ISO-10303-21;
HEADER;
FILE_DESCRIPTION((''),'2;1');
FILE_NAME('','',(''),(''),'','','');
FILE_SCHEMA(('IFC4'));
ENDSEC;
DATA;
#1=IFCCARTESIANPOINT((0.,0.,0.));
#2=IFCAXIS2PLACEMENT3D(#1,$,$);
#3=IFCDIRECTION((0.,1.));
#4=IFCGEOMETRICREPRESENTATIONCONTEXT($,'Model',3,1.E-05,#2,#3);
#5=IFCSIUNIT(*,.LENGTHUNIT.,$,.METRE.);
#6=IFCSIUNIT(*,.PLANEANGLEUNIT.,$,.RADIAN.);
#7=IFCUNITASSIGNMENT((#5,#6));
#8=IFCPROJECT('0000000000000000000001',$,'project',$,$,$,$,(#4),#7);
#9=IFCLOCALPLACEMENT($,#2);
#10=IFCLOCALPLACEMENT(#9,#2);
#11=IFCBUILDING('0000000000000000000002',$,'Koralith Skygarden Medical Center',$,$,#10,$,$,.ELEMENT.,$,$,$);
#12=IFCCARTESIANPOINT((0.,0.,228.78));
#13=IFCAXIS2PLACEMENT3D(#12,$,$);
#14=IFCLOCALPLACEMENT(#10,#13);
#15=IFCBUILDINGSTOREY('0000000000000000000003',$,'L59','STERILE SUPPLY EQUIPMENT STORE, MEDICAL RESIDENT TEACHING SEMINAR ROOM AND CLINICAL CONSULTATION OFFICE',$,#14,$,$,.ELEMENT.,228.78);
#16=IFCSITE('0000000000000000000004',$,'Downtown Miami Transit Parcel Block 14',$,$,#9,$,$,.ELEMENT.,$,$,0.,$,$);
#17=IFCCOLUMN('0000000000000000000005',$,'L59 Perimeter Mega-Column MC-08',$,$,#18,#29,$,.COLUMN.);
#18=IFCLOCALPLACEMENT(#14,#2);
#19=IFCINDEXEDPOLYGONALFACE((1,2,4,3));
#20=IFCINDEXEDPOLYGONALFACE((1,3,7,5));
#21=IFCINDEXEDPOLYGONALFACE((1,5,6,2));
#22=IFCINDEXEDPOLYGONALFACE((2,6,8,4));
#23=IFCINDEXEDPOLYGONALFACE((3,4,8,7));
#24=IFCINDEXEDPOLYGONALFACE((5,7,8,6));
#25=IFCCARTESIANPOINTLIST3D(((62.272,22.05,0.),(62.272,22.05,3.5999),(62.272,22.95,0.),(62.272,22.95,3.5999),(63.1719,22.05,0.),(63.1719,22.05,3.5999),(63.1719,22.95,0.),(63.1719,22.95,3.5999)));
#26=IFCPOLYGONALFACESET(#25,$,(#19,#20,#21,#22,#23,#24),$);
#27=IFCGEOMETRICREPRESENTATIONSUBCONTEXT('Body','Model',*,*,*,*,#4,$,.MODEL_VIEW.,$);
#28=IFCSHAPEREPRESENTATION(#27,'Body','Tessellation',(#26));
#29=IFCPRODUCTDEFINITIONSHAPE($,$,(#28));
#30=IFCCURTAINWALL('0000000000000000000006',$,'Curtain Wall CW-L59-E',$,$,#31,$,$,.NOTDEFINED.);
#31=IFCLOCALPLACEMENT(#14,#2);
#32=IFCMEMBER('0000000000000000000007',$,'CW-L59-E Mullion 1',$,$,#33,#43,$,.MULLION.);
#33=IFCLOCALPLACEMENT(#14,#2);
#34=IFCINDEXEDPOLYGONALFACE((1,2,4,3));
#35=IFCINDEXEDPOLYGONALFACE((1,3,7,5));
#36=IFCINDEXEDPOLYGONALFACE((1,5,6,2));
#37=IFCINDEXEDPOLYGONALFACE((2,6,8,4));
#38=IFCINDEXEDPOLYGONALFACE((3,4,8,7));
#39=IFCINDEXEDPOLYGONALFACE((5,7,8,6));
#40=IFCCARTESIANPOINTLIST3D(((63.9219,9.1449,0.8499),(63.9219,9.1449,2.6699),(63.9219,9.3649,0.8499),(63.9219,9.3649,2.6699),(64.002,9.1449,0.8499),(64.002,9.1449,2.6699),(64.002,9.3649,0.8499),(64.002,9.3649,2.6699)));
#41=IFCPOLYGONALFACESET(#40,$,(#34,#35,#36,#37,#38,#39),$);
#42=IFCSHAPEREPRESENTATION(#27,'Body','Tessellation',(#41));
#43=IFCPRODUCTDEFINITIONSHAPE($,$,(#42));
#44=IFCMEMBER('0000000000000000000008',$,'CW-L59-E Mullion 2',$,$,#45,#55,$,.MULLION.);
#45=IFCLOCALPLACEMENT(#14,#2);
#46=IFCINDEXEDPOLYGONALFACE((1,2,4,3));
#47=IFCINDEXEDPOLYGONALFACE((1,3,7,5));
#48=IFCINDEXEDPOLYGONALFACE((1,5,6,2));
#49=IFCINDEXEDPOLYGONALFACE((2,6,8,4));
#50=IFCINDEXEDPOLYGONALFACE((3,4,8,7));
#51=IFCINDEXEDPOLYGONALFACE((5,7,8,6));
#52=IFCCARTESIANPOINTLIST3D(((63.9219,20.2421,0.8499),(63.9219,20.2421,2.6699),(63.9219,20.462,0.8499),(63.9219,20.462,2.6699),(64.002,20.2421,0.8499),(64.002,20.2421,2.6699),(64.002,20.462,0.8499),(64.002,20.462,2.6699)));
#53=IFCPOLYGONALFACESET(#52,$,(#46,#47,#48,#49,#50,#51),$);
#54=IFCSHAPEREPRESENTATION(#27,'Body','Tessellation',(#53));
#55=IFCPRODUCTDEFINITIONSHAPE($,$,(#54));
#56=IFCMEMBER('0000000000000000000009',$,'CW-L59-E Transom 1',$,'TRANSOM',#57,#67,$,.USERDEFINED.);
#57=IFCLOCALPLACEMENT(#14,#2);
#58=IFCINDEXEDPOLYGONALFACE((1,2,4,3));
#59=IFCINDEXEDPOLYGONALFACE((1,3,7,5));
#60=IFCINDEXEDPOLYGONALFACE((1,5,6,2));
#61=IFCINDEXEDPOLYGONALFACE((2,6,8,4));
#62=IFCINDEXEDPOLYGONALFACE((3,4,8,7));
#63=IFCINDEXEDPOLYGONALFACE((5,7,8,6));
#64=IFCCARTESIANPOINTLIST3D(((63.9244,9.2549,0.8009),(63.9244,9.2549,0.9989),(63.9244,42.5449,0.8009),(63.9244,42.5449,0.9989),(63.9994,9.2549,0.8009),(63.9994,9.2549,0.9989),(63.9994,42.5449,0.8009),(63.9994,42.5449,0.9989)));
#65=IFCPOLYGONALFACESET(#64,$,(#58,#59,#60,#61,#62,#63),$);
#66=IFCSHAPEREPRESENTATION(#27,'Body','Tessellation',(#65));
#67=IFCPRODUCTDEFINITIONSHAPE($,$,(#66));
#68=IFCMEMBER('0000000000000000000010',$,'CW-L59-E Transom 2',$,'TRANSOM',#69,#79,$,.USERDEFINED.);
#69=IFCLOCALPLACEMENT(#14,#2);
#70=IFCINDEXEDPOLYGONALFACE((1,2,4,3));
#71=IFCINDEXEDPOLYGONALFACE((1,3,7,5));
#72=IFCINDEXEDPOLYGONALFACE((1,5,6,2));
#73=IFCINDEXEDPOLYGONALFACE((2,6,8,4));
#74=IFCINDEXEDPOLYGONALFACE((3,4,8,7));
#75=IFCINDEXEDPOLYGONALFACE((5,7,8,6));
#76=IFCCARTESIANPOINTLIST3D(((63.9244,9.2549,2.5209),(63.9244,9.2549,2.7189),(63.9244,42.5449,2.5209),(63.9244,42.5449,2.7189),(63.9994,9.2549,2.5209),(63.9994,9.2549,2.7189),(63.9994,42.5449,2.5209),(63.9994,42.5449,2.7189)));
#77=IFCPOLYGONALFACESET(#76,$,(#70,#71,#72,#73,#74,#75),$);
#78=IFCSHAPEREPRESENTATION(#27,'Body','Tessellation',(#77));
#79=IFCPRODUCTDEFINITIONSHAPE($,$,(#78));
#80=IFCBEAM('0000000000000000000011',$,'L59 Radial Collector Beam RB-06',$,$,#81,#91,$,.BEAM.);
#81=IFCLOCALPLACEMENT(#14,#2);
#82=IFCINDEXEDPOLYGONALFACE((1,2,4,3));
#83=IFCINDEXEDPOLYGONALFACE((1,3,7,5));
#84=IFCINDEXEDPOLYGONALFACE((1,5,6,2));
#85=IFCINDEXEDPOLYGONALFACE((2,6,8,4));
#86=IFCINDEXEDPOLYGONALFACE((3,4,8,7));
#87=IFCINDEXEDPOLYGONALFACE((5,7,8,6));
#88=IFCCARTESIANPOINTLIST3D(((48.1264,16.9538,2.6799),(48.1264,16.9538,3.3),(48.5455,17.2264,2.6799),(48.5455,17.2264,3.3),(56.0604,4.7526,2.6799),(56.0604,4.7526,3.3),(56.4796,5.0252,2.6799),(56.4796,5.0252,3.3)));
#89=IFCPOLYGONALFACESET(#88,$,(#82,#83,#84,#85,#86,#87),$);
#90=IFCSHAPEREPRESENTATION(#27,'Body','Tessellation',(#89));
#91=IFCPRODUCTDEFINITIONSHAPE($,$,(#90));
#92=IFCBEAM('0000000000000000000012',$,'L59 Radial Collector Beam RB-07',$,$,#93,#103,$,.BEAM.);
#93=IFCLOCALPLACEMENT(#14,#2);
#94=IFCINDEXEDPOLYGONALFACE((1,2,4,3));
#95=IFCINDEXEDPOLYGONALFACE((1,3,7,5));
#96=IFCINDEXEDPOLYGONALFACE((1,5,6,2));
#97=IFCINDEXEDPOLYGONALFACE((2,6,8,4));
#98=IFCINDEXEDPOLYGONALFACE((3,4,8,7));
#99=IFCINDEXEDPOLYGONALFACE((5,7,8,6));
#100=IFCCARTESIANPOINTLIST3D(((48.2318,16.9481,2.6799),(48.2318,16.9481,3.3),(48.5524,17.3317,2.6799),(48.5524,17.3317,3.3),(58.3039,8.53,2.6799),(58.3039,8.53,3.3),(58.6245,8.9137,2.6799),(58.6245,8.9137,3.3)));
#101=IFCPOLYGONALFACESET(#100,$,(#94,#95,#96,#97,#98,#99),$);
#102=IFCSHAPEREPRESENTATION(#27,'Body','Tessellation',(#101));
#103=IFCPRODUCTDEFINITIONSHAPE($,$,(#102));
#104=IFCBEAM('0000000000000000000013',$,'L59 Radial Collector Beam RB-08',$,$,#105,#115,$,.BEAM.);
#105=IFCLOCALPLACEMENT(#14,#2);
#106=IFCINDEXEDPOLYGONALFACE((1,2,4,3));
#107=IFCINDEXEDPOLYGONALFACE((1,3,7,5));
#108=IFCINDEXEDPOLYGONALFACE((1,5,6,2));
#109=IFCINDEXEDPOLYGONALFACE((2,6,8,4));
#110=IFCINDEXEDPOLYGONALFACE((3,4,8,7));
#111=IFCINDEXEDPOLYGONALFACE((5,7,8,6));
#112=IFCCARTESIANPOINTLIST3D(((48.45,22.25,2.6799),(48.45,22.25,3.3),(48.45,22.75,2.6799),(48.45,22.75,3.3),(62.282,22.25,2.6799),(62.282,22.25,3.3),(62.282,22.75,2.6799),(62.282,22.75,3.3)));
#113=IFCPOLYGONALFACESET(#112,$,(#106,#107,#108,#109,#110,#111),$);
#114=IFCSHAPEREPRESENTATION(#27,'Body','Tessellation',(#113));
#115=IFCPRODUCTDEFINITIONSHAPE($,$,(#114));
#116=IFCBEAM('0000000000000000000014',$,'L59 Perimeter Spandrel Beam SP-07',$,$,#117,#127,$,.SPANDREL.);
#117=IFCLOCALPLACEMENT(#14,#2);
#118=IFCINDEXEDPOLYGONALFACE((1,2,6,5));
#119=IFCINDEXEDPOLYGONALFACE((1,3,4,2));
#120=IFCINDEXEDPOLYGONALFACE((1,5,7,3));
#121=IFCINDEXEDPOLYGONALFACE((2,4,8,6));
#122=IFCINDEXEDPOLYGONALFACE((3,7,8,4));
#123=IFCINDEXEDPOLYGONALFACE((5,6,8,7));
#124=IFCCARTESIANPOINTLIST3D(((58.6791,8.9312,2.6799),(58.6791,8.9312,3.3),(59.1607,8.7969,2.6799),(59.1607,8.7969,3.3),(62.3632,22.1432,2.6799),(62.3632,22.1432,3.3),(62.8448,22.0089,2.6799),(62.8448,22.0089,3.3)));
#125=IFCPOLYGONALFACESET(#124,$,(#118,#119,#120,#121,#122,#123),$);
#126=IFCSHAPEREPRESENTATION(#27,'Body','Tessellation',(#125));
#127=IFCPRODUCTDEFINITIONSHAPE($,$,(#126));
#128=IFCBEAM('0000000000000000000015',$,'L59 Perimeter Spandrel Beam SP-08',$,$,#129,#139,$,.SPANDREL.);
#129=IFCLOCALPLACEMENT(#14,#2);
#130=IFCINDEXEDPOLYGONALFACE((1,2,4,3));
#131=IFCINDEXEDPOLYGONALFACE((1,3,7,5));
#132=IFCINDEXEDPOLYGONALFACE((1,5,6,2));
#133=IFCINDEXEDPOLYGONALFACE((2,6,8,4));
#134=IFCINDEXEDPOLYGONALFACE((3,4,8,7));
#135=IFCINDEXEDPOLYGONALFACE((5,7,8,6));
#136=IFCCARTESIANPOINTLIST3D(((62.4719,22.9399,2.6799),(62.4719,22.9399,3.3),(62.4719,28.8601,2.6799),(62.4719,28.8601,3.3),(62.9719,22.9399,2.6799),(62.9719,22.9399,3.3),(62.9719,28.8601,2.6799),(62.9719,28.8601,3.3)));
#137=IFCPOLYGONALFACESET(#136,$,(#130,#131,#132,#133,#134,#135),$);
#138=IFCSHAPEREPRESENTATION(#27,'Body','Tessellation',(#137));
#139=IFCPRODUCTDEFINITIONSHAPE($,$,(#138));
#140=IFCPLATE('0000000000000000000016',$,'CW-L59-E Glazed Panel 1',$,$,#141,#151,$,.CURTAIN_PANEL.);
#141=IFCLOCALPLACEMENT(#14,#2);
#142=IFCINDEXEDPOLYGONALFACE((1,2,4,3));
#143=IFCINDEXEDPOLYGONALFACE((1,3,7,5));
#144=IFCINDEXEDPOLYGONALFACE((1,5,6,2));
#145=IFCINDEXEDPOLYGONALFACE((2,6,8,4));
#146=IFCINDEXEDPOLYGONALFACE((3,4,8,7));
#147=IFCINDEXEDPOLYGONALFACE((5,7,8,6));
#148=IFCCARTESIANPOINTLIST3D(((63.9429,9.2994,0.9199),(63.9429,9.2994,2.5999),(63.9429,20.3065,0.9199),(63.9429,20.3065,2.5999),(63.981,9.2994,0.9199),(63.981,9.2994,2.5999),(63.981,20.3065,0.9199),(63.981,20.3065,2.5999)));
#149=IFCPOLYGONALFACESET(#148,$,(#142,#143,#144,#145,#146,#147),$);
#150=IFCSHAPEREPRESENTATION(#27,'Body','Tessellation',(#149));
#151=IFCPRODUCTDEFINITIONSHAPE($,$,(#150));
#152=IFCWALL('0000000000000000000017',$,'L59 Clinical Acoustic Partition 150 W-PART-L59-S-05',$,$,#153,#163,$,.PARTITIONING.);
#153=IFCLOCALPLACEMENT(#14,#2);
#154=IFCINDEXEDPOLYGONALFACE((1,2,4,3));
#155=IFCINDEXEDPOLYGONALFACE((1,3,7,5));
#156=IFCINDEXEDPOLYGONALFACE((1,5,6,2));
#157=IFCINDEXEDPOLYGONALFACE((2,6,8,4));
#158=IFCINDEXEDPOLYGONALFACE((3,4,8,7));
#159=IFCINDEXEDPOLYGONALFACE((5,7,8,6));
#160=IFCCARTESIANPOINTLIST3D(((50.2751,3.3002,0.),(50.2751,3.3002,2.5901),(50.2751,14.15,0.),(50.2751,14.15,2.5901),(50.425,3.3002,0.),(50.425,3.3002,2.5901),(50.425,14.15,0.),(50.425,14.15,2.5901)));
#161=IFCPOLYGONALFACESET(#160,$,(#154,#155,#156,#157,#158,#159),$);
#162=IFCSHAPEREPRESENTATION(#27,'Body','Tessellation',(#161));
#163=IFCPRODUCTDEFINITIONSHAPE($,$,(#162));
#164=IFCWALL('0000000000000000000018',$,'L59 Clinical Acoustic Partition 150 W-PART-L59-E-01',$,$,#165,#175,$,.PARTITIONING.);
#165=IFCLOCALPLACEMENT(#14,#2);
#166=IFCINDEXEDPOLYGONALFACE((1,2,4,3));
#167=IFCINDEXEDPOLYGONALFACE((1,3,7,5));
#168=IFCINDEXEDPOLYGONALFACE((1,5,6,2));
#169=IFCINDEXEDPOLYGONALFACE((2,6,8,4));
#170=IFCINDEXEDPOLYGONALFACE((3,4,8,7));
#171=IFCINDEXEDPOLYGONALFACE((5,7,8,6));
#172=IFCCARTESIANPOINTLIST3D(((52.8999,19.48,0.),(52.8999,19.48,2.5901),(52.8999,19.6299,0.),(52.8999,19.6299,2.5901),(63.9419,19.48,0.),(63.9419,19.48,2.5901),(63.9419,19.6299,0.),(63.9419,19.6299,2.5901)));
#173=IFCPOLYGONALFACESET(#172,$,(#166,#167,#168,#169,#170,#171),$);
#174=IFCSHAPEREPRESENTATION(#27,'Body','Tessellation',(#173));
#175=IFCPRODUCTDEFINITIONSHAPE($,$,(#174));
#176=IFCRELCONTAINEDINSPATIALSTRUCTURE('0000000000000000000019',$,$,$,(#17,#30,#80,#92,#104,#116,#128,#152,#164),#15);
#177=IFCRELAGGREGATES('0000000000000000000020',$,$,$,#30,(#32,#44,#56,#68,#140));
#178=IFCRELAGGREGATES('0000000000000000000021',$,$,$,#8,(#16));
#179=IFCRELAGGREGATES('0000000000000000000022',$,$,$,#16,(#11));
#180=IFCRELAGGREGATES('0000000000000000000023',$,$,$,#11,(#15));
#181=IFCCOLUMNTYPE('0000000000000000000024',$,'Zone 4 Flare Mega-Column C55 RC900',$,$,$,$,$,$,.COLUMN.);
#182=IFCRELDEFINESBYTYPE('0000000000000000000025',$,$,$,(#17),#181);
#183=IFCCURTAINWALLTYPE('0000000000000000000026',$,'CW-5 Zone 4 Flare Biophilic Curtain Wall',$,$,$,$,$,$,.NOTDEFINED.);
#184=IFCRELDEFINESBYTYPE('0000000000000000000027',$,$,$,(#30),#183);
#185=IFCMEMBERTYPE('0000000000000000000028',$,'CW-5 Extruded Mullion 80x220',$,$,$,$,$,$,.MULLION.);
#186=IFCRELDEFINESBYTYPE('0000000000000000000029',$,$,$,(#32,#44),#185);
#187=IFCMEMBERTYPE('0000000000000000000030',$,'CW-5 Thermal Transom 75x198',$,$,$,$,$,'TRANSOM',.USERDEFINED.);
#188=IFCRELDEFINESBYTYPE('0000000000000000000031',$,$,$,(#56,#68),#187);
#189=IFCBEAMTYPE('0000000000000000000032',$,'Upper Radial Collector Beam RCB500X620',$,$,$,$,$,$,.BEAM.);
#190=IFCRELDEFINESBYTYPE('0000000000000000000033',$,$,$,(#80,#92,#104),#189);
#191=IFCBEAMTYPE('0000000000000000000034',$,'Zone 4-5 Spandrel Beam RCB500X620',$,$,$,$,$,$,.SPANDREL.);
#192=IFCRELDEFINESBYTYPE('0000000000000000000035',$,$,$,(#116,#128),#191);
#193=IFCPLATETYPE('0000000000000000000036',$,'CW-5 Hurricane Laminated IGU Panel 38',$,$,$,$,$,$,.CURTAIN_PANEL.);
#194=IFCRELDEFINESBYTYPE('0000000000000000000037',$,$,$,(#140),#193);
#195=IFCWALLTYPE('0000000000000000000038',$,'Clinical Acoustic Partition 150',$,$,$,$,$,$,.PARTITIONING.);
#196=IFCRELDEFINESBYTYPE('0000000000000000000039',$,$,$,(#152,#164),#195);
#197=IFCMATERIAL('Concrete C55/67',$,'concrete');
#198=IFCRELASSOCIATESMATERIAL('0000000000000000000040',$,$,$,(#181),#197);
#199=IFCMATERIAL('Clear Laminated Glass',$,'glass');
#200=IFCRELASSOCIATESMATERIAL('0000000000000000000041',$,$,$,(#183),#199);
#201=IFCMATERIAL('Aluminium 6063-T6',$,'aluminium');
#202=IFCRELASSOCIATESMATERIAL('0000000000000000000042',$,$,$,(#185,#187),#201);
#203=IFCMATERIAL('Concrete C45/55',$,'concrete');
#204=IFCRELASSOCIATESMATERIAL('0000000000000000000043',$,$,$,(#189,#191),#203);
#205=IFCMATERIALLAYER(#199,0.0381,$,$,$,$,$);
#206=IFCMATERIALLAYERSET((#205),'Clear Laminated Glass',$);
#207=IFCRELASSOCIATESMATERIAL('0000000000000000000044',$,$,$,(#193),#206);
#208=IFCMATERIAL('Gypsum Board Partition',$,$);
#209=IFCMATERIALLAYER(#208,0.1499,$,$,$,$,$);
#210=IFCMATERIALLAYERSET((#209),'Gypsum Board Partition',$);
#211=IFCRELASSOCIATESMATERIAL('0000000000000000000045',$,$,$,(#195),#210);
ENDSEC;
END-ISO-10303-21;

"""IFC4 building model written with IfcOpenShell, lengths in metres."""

from ifc_helpers import new_model, si_unit, direction, frame, frame_2d, origin, origin_2d, place, context, subcontext, project, spatial, rectangle, extrude, material, layer, layer_set, material_profile, profile_set, type_object, element, aggregate, save


model = new_model("IFC4")

# Units and contexts
model_context = context("Model", 3, precision=1e-05, world=origin(), true_north=direction((0.0, 1.0)))
body_context = subcontext(model_context, "Body", "Model", "MODEL_VIEW")
ifc_project = project(units=[si_unit("LENGTHUNIT", "METRE"), si_unit("PLANEANGLEUNIT", "RADIAN")], contexts=[model_context])

# Site, building, storey
site_placement = place(None, origin())
site = spatial("IfcSite", under=ifc_project, at=site_placement, Name="Downtown Miami Transit Parcel Block 14", CompositionType="ELEMENT", RefElevation=0.0)
building_placement = place(site_placement, origin())
building = spatial("IfcBuilding", under=site, at=building_placement, Name="Koralith Skygarden Medical Center", CompositionType="ELEMENT")
storey_placement = place(building_placement, frame((0.0, 0.0, 228.78)))
storey = spatial("IfcBuildingStorey", under=building, at=storey_placement, Name="L59", Description="STERILE SUPPLY EQUIPMENT STORE, MEDICAL RESIDENT TEACHING SEMINAR ROOM AND CLINICAL CONSULTATION OFFICE", CompositionType="ELEMENT", Elevation=228.78)

# Column
ifc_material_1 = material(Name="Concrete C55/67", Category="concrete")
ifc_material_profile_1 = material_profile(ifc_material_1, rectangle(XDim=0.8999, YDim=0.8999, at=origin_2d()), Name="RC900X900")
ifc_profile_set_1 = profile_set([ifc_material_profile_1], Name="Concrete C55/67")
column_type = type_object("IfcColumnType", Name="Zone 4 Flare Mega-Column C55 RC900", PredefinedType="COLUMN", material=ifc_profile_set_1)
column_placement = place(storey_placement, frame((62.7219, 22.5, 0.0), z_axis=(0.0, 0.0, 1.0), x_axis=(1.0, 0.0, 0.0)))
element("IfcColumn", 1, at=column_placement, inside=storey, type_object=column_type, Name="L59 Perimeter Mega-Column MC-08", PredefinedType="COLUMN", context=body_context, shape_type="SweptSolid", body=[
    extrude(rectangle(XDim=0.8999, YDim=0.8999, at=origin_2d()), origin(), (0.0, 0.0, 1.0), 3.5999),
])

# Curtain wall, members
ifc_material_2 = material(Name="Clear Laminated Glass", Category="glass")
curtain_wall_type = type_object("IfcCurtainWallType", Name="CW-5 Zone 4 Flare Biophilic Curtain Wall", PredefinedType="NOTDEFINED", material=ifc_material_2)
curtain_wall_placement = place(storey_placement, origin())
curtain_wall = element("IfcCurtainWall", 2, at=curtain_wall_placement, inside=storey, type_object=curtain_wall_type, Name="Curtain Wall CW-L59-E", PredefinedType="NOTDEFINED")
ifc_material_3 = material(Name="Aluminium 6063-T6", Category="aluminium")
ifc_material_profile_2 = material_profile(ifc_material_3, rectangle(XDim=0.0801, YDim=0.22, at=origin_2d()), Name="MUL80X220")
ifc_profile_set_2 = profile_set([ifc_material_profile_2], Name="Aluminium 6063-T6")
member_type_1 = type_object("IfcMemberType", Name="CW-5 Extruded Mullion 80x220", PredefinedType="MULLION", material=ifc_profile_set_2)
member_1_placement = place(storey_placement, frame((63.9619, 9.2549, 0.8499), z_axis=(0.0, 0.0, 1.0), x_axis=(1.0, 0.0, 0.0)))
member_1 = element("IfcMember", 3, at=member_1_placement, type_object=member_type_1, Name="CW-L59-E Mullion 1", PredefinedType="MULLION", context=body_context, shape_type="SweptSolid", body=[
    extrude(rectangle(XDim=0.0801, YDim=0.22, at=origin_2d()), origin(), (0.0, 0.0, 1.0), 1.8201),
])
member_2_placement = place(storey_placement, frame((63.9619, 20.3521, 0.8499), z_axis=(0.0, 0.0, 1.0), x_axis=(1.0, 0.0, 0.0)))
member_2 = element("IfcMember", 4, at=member_2_placement, type_object=member_type_1, Name="CW-L59-E Mullion 2", PredefinedType="MULLION", context=body_context, shape_type="SweptSolid", body=[
    extrude(rectangle(XDim=0.0801, YDim=0.22, at=origin_2d()), origin(), (0.0, 0.0, 1.0), 1.8201),
])
ifc_material_profile_3 = material_profile(ifc_material_3, rectangle(XDim=0.075, YDim=0.198, at=origin_2d()), Name="TRN75X198")
ifc_profile_set_3 = profile_set([ifc_material_profile_3], Name="Aluminium 6063-T6")
member_type_2 = type_object("IfcMemberType", Name="CW-5 Thermal Transom 75x198", ElementType="TRANSOM", PredefinedType="USERDEFINED", material=ifc_profile_set_3)
member_3_placement = place(storey_placement, frame((63.9619, 9.2549, 0.8999), z_axis=(0.0, 1.0, 0.0), x_axis=(-1.0, 0.0, 0.0)))
member_3 = element("IfcMember", 5, at=member_3_placement, type_object=member_type_2, Name="CW-L59-E Transom 1", ObjectType="TRANSOM", PredefinedType="USERDEFINED", context=body_context, shape_type="SweptSolid", body=[
    extrude(rectangle(XDim=0.075, YDim=0.198, at=origin_2d()), origin(), (0.0, 0.0, 1.0), 33.29),
])
member_4_placement = place(storey_placement, frame((63.9619, 9.2549, 2.6199), z_axis=(0.0, 1.0, 0.0), x_axis=(-1.0, 0.0, 0.0)))
member_4 = element("IfcMember", 6, at=member_4_placement, type_object=member_type_2, Name="CW-L59-E Transom 2", ObjectType="TRANSOM", PredefinedType="USERDEFINED", context=body_context, shape_type="SweptSolid", body=[
    extrude(rectangle(XDim=0.075, YDim=0.198, at=origin_2d()), origin(), (0.0, 0.0, 1.0), 33.29),
])

# Beams
ifc_material_4 = material(Name="Concrete C45/55", Category="concrete")
ifc_material_profile_4 = material_profile(ifc_material_4, rectangle(XDim=0.5, YDim=0.6201, at=origin_2d()), Name="RCB500X620")
ifc_profile_set_4 = profile_set([ifc_material_profile_4], Name="Concrete C45/55")
beam_type_1 = type_object("IfcBeamType", Name="Upper Radial Collector Beam RCB500X620", PredefinedType="BEAM", material=ifc_profile_set_4)
beam_1_placement = place(storey_placement, frame((48.3359, 17.0901, 2.99), z_axis=(0.545149, -0.838339, 0.0), x_axis=(0.838339, 0.545149, 0.0)))
element("IfcBeam", 7, at=beam_1_placement, inside=storey, type_object=beam_type_1, Name="L59 Radial Collector Beam RB-06", PredefinedType="BEAM", context=body_context, shape_type="SweptSolid", body=[
    extrude(rectangle(XDim=0.5, YDim=0.6201, at=origin_2d()), origin(), (0.0, 0.0, 1.0), 14.554),
])
beam_2_placement = place(storey_placement, frame((48.3921, 17.1399, 2.99), z_axis=(0.767298, -0.641291, 0.0), x_axis=(0.641291, 0.767298, 0.0)))
element("IfcBeam", 8, at=beam_2_placement, inside=storey, type_object=beam_type_1, Name="L59 Radial Collector Beam RB-07", PredefinedType="BEAM", context=body_context, shape_type="SweptSolid", body=[
    extrude(rectangle(XDim=0.5, YDim=0.6201, at=origin_2d()), origin(), (0.0, 0.0, 1.0), 13.1267),
])
beam_3_placement = place(storey_placement, frame((48.45, 22.5, 2.99), z_axis=(1.0, 0.0, 0.0), x_axis=(0.0, 1.0, 0.0)))
element("IfcBeam", 9, at=beam_3_placement, inside=storey, type_object=beam_type_1, Name="L59 Radial Collector Beam RB-08", PredefinedType="BEAM", context=body_context, shape_type="SweptSolid", body=[
    extrude(rectangle(XDim=0.5, YDim=0.6201, at=origin_2d()), origin(), (0.0, 0.0, 1.0), 13.832),
])
ifc_material_profile_5 = material_profile(ifc_material_4, rectangle(XDim=0.5, YDim=0.6201, at=origin_2d()), Name="RCB500X620")
ifc_profile_set_5 = profile_set([ifc_material_profile_5], Name="Concrete C45/55")
beam_type_2 = type_object("IfcBeamType", Name="Zone 4-5 Spandrel Beam RCB500X620", PredefinedType="SPANDREL", material=ifc_profile_set_5)
beam_4_placement = place(storey_placement, frame((58.9199, 8.864, 2.99), z_axis=(0.268598, 0.963252, 0.0), x_axis=(-0.963252, 0.268598, 0.0)))
element("IfcBeam", 10, at=beam_4_placement, inside=storey, type_object=beam_type_2, Name="L59 Perimeter Spandrel Beam SP-07", PredefinedType="SPANDREL", context=body_context, shape_type="SweptSolid", body=[
    extrude(rectangle(XDim=0.5, YDim=0.6201, at=origin_2d()), origin(), (0.0, 0.0, 1.0), 13.7161),
])
beam_5_placement = place(storey_placement, frame((62.7219, 22.9399, 2.99), z_axis=(0.0, 1.0, 0.0), x_axis=(-1.0, 0.0, 0.0)))
element("IfcBeam", 11, at=beam_5_placement, inside=storey, type_object=beam_type_2, Name="L59 Perimeter Spandrel Beam SP-08", PredefinedType="SPANDREL", context=body_context, shape_type="SweptSolid", body=[
    extrude(rectangle(XDim=0.5, YDim=0.6201, at=origin_2d()), origin(), (0.0, 0.0, 1.0), 5.9202),
])

# Plate
ifc_layer_1 = layer(ifc_material_2, 0.0381)
ifc_layer_set_1 = layer_set([ifc_layer_1], Name="Clear Laminated Glass")
plate_type = type_object("IfcPlateType", Name="CW-5 Hurricane Laminated IGU Panel 38", PredefinedType="CURTAIN_PANEL", material=ifc_layer_set_1)
plate_placement = place(storey_placement, frame((63.9619, 14.803, 0.9199), z_axis=(0.0, 0.0, 1.0), x_axis=(0.0, 1.0, 0.0)))
plate = element("IfcPlate", 12, at=plate_placement, type_object=plate_type, Name="CW-L59-E Glazed Panel 1", PredefinedType="CURTAIN_PANEL", context=body_context, shape_type="SweptSolid", body=[
    extrude(rectangle(XDim=11.0071, YDim=0.0381, at=origin_2d()), origin(), (0.0, 0.0, 1.0), 1.6799),
])
aggregate(curtain_wall, [member_1, member_2, member_3, member_4, plate])

# Walls
ifc_material_5 = material(Name="Gypsum Board Partition")
ifc_layer_2 = layer(ifc_material_5, 0.1499)
ifc_layer_set_2 = layer_set([ifc_layer_2], Name="Gypsum Board Partition")
wall_type_1 = type_object("IfcWallType", Name="Clinical Acoustic Partition 150", PredefinedType="PARTITIONING", material=ifc_layer_set_2)
wall_1_placement = place(storey_placement, frame((50.3501, 14.1499, 0.0), z_axis=(0.0, 0.0, 1.0), x_axis=(0.0, -1.0, 0.0)))
element("IfcWall", 13, at=wall_1_placement, inside=storey, type_object=wall_type_1, Name="L59 Clinical Acoustic Partition 150 W-PART-L59-S-05", PredefinedType="PARTITIONING", context=body_context, shape_type="SweptSolid", body=[
    extrude(rectangle(XDim=10.8499, YDim=0.1499, at=frame_2d((5.4248, 0.0))), origin(), (0.0, 0.0, 1.0), 2.5901),
])
wall_2_placement = place(storey_placement, frame((52.8999, 19.5549, 0.0), z_axis=(0.0, 0.0, 1.0), x_axis=(1.0, 0.0, 0.0)))
element("IfcWall", 14, at=wall_2_placement, inside=storey, type_object=wall_type_1, Name="L59 Clinical Acoustic Partition 150 W-PART-L59-E-01", PredefinedType="PARTITIONING", context=body_context, shape_type="SweptSolid", body=[
    extrude(rectangle(XDim=11.042, YDim=0.1499, at=frame_2d((5.521, 0.0))), origin(), (0.0, 0.0, 1.0), 2.5901),
])

save(model, "model.ifc")
